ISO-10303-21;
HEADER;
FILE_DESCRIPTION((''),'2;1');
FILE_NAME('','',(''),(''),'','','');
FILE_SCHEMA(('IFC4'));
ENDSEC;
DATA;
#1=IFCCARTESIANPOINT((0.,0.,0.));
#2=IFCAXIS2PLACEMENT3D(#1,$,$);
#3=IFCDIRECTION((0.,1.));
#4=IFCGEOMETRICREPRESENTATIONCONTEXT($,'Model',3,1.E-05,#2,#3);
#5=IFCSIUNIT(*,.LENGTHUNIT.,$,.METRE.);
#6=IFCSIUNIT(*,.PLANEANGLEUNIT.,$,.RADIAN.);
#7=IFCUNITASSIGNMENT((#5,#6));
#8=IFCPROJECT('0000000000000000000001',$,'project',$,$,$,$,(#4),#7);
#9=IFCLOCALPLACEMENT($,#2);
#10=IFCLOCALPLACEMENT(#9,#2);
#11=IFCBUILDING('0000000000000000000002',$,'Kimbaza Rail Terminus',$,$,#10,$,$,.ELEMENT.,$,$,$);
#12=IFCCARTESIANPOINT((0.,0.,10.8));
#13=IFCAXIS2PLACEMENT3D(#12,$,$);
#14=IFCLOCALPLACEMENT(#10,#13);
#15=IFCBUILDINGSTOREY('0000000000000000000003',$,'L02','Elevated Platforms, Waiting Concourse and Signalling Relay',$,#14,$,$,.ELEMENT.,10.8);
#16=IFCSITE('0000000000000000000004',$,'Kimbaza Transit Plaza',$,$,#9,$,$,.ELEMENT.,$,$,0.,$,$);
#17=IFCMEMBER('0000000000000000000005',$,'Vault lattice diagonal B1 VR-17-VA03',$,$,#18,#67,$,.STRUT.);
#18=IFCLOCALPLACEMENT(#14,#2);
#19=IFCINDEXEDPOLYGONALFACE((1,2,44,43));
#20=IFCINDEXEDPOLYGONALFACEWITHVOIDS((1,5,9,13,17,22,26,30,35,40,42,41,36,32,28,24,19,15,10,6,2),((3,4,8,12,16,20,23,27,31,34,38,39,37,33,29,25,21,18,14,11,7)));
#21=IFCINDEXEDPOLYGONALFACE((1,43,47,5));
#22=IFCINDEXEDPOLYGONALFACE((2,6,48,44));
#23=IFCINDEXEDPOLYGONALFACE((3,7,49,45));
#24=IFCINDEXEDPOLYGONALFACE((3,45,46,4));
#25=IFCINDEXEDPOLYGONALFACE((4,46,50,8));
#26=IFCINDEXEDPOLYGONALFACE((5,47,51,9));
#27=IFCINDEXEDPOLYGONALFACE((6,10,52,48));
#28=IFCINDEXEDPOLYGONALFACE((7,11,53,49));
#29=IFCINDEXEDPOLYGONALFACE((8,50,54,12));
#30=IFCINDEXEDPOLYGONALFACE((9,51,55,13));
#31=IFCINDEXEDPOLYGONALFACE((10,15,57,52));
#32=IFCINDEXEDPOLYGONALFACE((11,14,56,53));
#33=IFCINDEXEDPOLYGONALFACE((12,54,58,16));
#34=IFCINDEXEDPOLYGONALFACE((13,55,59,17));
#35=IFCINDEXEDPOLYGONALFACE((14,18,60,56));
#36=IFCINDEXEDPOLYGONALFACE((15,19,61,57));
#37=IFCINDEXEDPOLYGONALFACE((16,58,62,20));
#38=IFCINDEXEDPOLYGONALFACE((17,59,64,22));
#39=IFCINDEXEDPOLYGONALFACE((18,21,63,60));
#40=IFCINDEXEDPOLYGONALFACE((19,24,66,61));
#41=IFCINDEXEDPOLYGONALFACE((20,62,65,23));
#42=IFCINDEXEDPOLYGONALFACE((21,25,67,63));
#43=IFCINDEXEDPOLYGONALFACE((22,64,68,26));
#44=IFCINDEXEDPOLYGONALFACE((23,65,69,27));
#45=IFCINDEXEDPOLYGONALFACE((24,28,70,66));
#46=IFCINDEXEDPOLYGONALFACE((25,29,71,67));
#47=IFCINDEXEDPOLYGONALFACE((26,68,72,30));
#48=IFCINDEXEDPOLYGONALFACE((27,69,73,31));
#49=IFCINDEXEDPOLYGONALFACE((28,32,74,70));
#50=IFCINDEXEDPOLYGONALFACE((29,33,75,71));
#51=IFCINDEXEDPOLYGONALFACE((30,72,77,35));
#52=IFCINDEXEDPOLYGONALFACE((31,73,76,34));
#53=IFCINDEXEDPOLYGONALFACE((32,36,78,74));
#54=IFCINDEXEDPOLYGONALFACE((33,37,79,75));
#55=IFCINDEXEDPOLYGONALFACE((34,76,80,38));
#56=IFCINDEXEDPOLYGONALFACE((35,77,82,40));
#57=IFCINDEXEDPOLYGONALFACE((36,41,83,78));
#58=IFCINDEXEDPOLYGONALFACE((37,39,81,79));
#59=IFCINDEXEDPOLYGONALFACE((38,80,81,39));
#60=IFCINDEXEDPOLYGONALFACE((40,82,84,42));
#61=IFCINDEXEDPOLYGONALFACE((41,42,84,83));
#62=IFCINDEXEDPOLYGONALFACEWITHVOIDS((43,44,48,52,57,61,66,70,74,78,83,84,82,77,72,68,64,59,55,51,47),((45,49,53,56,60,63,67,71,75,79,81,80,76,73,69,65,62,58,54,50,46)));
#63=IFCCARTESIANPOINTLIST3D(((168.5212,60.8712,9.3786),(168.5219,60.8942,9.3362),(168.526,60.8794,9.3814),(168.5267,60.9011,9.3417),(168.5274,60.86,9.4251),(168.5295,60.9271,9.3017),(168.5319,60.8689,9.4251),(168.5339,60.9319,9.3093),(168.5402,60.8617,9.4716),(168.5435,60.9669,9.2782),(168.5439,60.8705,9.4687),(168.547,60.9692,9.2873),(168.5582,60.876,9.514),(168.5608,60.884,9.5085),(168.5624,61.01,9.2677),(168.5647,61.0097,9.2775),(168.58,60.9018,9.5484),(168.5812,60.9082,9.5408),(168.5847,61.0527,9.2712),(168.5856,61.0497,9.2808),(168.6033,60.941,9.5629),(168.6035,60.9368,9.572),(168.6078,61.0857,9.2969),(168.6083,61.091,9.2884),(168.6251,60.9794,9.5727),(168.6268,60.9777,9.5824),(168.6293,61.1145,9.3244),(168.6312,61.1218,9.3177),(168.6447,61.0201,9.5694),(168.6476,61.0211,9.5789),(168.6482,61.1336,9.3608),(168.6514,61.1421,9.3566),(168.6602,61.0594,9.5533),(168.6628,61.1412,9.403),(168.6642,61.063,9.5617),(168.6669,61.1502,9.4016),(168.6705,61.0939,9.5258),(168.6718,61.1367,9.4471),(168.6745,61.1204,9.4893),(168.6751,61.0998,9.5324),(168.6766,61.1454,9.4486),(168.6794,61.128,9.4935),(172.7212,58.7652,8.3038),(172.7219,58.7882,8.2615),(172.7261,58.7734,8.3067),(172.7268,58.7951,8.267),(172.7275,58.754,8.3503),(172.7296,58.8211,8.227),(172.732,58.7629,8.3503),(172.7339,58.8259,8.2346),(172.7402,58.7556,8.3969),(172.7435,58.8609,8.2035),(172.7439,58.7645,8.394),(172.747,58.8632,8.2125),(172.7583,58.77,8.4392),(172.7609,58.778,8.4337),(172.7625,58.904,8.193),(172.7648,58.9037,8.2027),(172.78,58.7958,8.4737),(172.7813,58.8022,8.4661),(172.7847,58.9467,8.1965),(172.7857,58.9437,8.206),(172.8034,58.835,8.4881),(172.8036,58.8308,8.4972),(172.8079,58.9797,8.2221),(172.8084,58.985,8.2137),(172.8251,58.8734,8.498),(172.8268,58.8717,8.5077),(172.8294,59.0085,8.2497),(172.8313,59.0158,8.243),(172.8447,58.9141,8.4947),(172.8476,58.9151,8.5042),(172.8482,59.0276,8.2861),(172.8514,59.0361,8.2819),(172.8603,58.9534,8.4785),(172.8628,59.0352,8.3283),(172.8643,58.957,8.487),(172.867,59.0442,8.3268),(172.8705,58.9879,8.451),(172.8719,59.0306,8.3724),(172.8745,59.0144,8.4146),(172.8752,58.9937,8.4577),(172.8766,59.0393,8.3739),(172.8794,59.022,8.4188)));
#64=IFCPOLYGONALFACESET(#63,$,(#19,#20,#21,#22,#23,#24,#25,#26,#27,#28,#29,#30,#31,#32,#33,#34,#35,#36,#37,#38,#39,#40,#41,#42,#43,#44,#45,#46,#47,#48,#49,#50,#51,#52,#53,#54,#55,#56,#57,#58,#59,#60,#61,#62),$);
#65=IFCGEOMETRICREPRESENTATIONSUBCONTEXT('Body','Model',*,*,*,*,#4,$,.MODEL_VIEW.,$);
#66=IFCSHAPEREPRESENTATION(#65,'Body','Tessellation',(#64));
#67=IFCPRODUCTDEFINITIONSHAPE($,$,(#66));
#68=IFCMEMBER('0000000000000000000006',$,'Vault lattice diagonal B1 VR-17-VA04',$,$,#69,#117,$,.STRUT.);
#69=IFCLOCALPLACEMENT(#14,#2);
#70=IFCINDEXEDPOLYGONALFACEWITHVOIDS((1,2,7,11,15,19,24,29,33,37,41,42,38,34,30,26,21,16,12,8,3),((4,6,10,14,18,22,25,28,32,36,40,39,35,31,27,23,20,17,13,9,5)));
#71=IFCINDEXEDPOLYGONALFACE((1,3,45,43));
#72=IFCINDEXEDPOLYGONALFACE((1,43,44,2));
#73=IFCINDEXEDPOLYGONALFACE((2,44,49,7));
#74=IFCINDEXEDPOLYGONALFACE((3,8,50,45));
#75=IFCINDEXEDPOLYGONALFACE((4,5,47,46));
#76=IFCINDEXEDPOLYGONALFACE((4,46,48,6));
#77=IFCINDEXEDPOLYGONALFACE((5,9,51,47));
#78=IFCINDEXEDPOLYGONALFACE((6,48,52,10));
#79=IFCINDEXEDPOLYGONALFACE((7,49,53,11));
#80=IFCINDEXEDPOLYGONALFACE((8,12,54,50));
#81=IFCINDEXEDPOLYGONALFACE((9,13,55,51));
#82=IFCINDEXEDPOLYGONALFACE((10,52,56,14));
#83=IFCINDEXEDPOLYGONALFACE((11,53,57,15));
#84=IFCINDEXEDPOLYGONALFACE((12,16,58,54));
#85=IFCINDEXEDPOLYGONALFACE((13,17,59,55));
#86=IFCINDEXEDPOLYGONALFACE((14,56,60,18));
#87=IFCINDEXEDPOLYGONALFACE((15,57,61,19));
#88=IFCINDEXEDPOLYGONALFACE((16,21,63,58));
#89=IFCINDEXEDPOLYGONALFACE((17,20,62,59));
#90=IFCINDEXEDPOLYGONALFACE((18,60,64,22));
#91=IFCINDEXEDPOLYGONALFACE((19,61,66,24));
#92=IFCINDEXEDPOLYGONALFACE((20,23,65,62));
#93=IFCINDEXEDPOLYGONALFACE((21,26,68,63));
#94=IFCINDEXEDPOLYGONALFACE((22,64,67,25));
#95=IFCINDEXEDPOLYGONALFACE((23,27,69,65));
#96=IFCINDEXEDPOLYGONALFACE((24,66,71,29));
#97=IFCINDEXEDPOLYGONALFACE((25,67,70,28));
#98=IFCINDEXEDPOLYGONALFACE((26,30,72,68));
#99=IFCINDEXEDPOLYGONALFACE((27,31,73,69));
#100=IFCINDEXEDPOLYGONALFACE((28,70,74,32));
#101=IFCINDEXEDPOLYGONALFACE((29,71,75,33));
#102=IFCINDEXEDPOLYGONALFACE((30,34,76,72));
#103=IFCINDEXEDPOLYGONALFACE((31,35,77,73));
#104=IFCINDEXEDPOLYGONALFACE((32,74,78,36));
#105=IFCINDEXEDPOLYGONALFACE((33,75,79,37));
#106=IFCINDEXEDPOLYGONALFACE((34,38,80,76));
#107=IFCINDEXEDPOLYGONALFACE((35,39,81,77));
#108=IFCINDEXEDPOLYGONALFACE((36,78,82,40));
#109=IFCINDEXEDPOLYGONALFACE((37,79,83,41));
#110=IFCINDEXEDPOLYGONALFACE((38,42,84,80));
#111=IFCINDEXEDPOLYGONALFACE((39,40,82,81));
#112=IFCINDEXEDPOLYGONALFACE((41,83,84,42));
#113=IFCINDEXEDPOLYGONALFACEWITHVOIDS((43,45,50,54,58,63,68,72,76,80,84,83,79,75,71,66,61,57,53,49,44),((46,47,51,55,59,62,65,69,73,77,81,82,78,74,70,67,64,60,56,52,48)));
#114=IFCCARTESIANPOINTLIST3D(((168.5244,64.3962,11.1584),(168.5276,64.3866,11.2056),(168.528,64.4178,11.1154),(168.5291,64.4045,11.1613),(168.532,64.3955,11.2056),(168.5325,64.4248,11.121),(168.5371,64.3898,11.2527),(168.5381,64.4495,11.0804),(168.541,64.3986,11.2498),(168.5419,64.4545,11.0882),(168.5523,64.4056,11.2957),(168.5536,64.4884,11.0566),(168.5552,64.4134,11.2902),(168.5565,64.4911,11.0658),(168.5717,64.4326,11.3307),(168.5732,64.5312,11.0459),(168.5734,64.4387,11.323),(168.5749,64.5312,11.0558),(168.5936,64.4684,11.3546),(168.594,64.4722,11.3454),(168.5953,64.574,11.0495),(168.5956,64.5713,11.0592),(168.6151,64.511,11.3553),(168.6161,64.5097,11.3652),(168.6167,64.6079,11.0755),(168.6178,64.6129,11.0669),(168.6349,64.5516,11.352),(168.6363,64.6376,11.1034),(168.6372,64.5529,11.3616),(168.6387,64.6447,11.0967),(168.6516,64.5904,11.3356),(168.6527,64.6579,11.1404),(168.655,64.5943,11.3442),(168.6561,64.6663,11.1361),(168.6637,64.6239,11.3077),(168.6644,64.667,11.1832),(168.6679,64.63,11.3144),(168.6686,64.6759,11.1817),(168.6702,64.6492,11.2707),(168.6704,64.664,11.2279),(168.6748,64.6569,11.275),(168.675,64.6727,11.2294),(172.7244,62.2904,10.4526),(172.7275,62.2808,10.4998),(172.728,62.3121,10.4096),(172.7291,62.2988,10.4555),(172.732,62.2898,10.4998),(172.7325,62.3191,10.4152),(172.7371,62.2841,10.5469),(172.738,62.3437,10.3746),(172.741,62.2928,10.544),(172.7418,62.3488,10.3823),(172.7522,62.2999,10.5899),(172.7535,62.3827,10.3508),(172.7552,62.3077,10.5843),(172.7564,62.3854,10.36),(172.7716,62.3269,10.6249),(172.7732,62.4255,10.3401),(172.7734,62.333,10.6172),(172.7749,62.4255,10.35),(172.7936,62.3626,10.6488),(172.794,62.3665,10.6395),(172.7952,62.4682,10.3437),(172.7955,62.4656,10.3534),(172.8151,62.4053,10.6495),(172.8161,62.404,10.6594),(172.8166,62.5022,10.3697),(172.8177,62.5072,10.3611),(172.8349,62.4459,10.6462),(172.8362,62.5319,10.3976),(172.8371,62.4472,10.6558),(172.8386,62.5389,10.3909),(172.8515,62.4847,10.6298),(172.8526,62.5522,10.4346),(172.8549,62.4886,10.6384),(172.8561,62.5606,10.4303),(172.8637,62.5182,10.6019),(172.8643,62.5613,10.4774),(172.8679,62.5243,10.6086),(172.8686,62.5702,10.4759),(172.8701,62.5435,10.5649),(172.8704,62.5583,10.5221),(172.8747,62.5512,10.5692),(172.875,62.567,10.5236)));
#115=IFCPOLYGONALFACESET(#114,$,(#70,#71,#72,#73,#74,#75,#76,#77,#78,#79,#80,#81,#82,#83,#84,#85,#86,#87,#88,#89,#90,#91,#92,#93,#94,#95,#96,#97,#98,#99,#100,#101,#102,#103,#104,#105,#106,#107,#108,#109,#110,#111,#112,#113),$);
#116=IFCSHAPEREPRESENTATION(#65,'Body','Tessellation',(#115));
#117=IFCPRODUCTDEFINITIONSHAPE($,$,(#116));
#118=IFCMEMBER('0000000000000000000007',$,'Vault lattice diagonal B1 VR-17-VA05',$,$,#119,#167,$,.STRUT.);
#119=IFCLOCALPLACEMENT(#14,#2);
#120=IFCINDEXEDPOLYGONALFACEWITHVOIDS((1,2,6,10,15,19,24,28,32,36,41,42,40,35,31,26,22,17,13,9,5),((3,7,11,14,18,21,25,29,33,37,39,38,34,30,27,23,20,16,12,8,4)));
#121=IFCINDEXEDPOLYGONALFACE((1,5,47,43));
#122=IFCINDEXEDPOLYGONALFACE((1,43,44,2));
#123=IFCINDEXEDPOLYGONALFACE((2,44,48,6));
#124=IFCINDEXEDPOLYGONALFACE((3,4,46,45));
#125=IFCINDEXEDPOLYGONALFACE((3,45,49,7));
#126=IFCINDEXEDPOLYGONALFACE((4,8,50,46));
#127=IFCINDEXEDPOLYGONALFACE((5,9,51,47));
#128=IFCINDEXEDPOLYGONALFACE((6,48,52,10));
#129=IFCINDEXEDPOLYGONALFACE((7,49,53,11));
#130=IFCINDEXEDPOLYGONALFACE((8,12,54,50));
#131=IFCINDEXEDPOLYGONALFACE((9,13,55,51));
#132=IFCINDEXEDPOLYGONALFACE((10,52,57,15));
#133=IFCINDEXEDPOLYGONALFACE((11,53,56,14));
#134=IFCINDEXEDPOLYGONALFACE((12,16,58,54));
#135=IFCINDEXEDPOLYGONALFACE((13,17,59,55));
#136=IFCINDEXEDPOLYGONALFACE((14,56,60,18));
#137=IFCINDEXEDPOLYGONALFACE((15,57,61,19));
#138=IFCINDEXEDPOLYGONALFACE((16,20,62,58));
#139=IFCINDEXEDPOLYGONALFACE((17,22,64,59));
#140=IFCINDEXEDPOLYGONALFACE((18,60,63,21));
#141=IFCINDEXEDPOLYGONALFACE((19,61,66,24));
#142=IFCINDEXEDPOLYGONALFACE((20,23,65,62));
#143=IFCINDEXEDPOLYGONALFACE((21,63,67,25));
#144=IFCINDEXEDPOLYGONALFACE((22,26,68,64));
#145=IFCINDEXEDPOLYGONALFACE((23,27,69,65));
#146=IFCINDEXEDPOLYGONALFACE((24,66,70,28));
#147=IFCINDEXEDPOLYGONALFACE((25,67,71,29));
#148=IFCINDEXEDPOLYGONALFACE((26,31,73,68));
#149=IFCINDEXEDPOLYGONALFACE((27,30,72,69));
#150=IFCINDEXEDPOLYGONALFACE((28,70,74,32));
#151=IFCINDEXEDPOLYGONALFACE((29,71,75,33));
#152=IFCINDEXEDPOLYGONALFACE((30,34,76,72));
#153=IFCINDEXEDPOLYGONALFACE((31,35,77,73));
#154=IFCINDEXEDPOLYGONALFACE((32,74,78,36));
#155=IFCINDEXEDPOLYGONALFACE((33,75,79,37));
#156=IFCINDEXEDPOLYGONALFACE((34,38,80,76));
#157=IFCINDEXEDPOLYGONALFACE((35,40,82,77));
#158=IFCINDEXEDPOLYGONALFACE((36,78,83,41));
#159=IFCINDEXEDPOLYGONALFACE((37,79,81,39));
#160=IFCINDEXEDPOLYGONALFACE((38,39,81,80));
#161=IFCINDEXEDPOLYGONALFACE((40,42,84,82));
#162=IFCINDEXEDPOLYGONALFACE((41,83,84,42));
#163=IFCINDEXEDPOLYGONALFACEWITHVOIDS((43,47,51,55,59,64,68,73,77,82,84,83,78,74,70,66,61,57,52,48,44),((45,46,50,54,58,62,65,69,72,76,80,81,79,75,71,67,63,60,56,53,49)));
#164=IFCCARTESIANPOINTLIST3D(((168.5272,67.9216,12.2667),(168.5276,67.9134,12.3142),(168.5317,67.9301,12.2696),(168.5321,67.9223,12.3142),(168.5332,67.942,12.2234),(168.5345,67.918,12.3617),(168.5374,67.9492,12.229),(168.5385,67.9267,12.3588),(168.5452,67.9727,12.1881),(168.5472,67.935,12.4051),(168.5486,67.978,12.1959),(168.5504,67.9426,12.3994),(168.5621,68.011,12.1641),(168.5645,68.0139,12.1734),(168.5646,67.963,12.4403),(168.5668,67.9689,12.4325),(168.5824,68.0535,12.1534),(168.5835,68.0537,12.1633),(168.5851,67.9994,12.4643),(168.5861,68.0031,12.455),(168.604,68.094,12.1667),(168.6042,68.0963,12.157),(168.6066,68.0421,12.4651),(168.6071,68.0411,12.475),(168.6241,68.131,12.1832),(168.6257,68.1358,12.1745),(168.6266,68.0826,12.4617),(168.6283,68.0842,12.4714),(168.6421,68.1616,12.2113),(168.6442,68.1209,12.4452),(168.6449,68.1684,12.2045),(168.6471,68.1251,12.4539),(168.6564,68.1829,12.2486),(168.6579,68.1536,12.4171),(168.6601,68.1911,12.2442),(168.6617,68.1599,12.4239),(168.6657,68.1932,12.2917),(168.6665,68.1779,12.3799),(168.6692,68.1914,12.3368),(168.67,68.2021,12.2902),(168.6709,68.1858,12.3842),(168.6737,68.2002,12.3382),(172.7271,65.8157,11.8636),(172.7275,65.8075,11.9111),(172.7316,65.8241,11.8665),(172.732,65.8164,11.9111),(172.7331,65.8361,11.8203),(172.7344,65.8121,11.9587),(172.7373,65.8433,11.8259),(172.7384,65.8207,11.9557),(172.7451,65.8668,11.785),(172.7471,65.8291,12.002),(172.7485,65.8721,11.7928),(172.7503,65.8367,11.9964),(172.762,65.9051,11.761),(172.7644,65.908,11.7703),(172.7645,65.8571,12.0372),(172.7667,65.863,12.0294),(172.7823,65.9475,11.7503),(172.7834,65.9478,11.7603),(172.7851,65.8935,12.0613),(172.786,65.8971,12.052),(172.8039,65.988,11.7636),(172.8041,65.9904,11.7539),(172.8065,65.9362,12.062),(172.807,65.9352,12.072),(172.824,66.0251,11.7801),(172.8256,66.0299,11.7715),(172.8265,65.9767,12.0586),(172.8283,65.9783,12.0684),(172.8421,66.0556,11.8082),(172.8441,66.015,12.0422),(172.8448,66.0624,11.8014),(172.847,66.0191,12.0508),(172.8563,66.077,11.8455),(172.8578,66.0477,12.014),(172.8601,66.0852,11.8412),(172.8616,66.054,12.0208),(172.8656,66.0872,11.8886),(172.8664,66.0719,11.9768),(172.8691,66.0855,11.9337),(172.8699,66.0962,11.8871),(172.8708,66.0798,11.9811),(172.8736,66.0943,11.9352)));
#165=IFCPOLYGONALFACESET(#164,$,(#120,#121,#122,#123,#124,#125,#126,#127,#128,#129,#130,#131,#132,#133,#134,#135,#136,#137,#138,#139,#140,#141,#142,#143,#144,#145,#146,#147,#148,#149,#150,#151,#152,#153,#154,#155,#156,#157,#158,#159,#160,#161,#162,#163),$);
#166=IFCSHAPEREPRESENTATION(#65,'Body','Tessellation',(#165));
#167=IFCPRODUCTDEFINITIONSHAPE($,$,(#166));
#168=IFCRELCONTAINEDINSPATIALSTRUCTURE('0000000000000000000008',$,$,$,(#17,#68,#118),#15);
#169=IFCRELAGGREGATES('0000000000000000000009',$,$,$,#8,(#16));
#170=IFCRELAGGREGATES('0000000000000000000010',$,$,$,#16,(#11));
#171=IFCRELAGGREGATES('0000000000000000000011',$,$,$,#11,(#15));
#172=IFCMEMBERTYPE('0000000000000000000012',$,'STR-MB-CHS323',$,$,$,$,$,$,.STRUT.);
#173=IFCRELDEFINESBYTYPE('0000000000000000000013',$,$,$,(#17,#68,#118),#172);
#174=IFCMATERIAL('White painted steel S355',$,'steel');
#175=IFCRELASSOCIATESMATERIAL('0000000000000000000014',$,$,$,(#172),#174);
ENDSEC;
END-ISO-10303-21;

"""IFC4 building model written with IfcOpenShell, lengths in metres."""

from ifc_helpers import new_model, si_unit, direction, frame, origin, origin_2d, place, context, subcontext, project, spatial, hollow_circle, extrude, material, material_profile, profile_set, type_object, element, save


model = new_model("IFC4")

# Units and contexts
model_context = context("Model", 3, precision=1e-05, world=origin(), true_north=direction((0.0, 1.0)))
body_context = subcontext(model_context, "Body", "Model", "MODEL_VIEW")
ifc_project = project(units=[si_unit("LENGTHUNIT", "METRE"), si_unit("PLANEANGLEUNIT", "RADIAN")], contexts=[model_context])

# Site, building, storey
site_placement = place(None, origin())
site = spatial("IfcSite", under=ifc_project, at=site_placement, Name="Kimbaza Transit Plaza", CompositionType="ELEMENT", RefElevation=0.0)
building_placement = place(site_placement, origin())
building = spatial("IfcBuilding", under=site, at=building_placement, Name="Kimbaza Rail Terminus", CompositionType="ELEMENT")
storey_placement = place(building_placement, frame((0.0, 0.0, 10.8)))
storey = spatial("IfcBuildingStorey", under=building, at=storey_placement, Name="L02", Description="Elevated Platforms, Waiting Concourse and Signalling Relay", CompositionType="ELEMENT", Elevation=10.8)

# Members
ifc_material_1 = material(Name="White painted steel S355", Category="steel")
ifc_material_profile_1 = material_profile(ifc_material_1, hollow_circle(Radius=0.1619, WallThickness=0.01, at=origin_2d()), Name="CHS 323.9x10")
ifc_profile_set_1 = profile_set([ifc_material_profile_1], Name="White painted steel S355")
member_type_1 = type_object("IfcMemberType", Name="STR-MB-CHS323", PredefinedType="STRUT", material=ifc_profile_set_1)
member_1_placement = place(storey_placement, frame((172.8, 58.8987, 8.3503), z_axis=(-0.871411, 0.436947, 0.222982), x_axis=(-0.448232, -0.893917, 0.0)))
element("IfcMember", 1, at=member_1_placement, inside=storey, type_object=member_type_1, Name="Vault lattice diagonal B1 VR-17-VA03", PredefinedType="STRUT", context=body_context, shape_type="SweptSolid", body=[
    extrude(hollow_circle(Radius=0.1619, WallThickness=0.01, at=origin_2d()), origin(), (0.0, 0.0, 1.0), 4.8198),
])
member_2_placement = place(storey_placement, frame((172.8, 62.4255, 10.4998), z_axis=(-0.884018, 0.443217, 0.148561), x_axis=(-0.44819, -0.893938, 0.0)))
element("IfcMember", 2, at=member_2_placement, inside=storey, type_object=member_type_1, Name="Vault lattice diagonal B1 VR-17-VA04", PredefinedType="STRUT", context=body_context, shape_type="SweptSolid", body=[
    extrude(hollow_circle(Radius=0.1619, WallThickness=0.01, at=origin_2d()), origin(), (0.0, 0.0, 1.0), 4.751),
])
member_3_placement = place(storey_placement, frame((172.8, 65.9521, 11.9111), z_axis=(-0.890646, 0.446591, 0.085477), x_axis=(-0.448232, -0.893917, 0.0)))
element("IfcMember", 3, at=member_3_placement, inside=storey, type_object=member_type_1, Name="Vault lattice diagonal B1 VR-17-VA05", PredefinedType="STRUT", context=body_context, shape_type="SweptSolid", body=[
    extrude(hollow_circle(Radius=0.1619, WallThickness=0.01, at=origin_2d()), origin(), (0.0, 0.0, 1.0), 4.7156),
])

save(model, "model.ifc")
